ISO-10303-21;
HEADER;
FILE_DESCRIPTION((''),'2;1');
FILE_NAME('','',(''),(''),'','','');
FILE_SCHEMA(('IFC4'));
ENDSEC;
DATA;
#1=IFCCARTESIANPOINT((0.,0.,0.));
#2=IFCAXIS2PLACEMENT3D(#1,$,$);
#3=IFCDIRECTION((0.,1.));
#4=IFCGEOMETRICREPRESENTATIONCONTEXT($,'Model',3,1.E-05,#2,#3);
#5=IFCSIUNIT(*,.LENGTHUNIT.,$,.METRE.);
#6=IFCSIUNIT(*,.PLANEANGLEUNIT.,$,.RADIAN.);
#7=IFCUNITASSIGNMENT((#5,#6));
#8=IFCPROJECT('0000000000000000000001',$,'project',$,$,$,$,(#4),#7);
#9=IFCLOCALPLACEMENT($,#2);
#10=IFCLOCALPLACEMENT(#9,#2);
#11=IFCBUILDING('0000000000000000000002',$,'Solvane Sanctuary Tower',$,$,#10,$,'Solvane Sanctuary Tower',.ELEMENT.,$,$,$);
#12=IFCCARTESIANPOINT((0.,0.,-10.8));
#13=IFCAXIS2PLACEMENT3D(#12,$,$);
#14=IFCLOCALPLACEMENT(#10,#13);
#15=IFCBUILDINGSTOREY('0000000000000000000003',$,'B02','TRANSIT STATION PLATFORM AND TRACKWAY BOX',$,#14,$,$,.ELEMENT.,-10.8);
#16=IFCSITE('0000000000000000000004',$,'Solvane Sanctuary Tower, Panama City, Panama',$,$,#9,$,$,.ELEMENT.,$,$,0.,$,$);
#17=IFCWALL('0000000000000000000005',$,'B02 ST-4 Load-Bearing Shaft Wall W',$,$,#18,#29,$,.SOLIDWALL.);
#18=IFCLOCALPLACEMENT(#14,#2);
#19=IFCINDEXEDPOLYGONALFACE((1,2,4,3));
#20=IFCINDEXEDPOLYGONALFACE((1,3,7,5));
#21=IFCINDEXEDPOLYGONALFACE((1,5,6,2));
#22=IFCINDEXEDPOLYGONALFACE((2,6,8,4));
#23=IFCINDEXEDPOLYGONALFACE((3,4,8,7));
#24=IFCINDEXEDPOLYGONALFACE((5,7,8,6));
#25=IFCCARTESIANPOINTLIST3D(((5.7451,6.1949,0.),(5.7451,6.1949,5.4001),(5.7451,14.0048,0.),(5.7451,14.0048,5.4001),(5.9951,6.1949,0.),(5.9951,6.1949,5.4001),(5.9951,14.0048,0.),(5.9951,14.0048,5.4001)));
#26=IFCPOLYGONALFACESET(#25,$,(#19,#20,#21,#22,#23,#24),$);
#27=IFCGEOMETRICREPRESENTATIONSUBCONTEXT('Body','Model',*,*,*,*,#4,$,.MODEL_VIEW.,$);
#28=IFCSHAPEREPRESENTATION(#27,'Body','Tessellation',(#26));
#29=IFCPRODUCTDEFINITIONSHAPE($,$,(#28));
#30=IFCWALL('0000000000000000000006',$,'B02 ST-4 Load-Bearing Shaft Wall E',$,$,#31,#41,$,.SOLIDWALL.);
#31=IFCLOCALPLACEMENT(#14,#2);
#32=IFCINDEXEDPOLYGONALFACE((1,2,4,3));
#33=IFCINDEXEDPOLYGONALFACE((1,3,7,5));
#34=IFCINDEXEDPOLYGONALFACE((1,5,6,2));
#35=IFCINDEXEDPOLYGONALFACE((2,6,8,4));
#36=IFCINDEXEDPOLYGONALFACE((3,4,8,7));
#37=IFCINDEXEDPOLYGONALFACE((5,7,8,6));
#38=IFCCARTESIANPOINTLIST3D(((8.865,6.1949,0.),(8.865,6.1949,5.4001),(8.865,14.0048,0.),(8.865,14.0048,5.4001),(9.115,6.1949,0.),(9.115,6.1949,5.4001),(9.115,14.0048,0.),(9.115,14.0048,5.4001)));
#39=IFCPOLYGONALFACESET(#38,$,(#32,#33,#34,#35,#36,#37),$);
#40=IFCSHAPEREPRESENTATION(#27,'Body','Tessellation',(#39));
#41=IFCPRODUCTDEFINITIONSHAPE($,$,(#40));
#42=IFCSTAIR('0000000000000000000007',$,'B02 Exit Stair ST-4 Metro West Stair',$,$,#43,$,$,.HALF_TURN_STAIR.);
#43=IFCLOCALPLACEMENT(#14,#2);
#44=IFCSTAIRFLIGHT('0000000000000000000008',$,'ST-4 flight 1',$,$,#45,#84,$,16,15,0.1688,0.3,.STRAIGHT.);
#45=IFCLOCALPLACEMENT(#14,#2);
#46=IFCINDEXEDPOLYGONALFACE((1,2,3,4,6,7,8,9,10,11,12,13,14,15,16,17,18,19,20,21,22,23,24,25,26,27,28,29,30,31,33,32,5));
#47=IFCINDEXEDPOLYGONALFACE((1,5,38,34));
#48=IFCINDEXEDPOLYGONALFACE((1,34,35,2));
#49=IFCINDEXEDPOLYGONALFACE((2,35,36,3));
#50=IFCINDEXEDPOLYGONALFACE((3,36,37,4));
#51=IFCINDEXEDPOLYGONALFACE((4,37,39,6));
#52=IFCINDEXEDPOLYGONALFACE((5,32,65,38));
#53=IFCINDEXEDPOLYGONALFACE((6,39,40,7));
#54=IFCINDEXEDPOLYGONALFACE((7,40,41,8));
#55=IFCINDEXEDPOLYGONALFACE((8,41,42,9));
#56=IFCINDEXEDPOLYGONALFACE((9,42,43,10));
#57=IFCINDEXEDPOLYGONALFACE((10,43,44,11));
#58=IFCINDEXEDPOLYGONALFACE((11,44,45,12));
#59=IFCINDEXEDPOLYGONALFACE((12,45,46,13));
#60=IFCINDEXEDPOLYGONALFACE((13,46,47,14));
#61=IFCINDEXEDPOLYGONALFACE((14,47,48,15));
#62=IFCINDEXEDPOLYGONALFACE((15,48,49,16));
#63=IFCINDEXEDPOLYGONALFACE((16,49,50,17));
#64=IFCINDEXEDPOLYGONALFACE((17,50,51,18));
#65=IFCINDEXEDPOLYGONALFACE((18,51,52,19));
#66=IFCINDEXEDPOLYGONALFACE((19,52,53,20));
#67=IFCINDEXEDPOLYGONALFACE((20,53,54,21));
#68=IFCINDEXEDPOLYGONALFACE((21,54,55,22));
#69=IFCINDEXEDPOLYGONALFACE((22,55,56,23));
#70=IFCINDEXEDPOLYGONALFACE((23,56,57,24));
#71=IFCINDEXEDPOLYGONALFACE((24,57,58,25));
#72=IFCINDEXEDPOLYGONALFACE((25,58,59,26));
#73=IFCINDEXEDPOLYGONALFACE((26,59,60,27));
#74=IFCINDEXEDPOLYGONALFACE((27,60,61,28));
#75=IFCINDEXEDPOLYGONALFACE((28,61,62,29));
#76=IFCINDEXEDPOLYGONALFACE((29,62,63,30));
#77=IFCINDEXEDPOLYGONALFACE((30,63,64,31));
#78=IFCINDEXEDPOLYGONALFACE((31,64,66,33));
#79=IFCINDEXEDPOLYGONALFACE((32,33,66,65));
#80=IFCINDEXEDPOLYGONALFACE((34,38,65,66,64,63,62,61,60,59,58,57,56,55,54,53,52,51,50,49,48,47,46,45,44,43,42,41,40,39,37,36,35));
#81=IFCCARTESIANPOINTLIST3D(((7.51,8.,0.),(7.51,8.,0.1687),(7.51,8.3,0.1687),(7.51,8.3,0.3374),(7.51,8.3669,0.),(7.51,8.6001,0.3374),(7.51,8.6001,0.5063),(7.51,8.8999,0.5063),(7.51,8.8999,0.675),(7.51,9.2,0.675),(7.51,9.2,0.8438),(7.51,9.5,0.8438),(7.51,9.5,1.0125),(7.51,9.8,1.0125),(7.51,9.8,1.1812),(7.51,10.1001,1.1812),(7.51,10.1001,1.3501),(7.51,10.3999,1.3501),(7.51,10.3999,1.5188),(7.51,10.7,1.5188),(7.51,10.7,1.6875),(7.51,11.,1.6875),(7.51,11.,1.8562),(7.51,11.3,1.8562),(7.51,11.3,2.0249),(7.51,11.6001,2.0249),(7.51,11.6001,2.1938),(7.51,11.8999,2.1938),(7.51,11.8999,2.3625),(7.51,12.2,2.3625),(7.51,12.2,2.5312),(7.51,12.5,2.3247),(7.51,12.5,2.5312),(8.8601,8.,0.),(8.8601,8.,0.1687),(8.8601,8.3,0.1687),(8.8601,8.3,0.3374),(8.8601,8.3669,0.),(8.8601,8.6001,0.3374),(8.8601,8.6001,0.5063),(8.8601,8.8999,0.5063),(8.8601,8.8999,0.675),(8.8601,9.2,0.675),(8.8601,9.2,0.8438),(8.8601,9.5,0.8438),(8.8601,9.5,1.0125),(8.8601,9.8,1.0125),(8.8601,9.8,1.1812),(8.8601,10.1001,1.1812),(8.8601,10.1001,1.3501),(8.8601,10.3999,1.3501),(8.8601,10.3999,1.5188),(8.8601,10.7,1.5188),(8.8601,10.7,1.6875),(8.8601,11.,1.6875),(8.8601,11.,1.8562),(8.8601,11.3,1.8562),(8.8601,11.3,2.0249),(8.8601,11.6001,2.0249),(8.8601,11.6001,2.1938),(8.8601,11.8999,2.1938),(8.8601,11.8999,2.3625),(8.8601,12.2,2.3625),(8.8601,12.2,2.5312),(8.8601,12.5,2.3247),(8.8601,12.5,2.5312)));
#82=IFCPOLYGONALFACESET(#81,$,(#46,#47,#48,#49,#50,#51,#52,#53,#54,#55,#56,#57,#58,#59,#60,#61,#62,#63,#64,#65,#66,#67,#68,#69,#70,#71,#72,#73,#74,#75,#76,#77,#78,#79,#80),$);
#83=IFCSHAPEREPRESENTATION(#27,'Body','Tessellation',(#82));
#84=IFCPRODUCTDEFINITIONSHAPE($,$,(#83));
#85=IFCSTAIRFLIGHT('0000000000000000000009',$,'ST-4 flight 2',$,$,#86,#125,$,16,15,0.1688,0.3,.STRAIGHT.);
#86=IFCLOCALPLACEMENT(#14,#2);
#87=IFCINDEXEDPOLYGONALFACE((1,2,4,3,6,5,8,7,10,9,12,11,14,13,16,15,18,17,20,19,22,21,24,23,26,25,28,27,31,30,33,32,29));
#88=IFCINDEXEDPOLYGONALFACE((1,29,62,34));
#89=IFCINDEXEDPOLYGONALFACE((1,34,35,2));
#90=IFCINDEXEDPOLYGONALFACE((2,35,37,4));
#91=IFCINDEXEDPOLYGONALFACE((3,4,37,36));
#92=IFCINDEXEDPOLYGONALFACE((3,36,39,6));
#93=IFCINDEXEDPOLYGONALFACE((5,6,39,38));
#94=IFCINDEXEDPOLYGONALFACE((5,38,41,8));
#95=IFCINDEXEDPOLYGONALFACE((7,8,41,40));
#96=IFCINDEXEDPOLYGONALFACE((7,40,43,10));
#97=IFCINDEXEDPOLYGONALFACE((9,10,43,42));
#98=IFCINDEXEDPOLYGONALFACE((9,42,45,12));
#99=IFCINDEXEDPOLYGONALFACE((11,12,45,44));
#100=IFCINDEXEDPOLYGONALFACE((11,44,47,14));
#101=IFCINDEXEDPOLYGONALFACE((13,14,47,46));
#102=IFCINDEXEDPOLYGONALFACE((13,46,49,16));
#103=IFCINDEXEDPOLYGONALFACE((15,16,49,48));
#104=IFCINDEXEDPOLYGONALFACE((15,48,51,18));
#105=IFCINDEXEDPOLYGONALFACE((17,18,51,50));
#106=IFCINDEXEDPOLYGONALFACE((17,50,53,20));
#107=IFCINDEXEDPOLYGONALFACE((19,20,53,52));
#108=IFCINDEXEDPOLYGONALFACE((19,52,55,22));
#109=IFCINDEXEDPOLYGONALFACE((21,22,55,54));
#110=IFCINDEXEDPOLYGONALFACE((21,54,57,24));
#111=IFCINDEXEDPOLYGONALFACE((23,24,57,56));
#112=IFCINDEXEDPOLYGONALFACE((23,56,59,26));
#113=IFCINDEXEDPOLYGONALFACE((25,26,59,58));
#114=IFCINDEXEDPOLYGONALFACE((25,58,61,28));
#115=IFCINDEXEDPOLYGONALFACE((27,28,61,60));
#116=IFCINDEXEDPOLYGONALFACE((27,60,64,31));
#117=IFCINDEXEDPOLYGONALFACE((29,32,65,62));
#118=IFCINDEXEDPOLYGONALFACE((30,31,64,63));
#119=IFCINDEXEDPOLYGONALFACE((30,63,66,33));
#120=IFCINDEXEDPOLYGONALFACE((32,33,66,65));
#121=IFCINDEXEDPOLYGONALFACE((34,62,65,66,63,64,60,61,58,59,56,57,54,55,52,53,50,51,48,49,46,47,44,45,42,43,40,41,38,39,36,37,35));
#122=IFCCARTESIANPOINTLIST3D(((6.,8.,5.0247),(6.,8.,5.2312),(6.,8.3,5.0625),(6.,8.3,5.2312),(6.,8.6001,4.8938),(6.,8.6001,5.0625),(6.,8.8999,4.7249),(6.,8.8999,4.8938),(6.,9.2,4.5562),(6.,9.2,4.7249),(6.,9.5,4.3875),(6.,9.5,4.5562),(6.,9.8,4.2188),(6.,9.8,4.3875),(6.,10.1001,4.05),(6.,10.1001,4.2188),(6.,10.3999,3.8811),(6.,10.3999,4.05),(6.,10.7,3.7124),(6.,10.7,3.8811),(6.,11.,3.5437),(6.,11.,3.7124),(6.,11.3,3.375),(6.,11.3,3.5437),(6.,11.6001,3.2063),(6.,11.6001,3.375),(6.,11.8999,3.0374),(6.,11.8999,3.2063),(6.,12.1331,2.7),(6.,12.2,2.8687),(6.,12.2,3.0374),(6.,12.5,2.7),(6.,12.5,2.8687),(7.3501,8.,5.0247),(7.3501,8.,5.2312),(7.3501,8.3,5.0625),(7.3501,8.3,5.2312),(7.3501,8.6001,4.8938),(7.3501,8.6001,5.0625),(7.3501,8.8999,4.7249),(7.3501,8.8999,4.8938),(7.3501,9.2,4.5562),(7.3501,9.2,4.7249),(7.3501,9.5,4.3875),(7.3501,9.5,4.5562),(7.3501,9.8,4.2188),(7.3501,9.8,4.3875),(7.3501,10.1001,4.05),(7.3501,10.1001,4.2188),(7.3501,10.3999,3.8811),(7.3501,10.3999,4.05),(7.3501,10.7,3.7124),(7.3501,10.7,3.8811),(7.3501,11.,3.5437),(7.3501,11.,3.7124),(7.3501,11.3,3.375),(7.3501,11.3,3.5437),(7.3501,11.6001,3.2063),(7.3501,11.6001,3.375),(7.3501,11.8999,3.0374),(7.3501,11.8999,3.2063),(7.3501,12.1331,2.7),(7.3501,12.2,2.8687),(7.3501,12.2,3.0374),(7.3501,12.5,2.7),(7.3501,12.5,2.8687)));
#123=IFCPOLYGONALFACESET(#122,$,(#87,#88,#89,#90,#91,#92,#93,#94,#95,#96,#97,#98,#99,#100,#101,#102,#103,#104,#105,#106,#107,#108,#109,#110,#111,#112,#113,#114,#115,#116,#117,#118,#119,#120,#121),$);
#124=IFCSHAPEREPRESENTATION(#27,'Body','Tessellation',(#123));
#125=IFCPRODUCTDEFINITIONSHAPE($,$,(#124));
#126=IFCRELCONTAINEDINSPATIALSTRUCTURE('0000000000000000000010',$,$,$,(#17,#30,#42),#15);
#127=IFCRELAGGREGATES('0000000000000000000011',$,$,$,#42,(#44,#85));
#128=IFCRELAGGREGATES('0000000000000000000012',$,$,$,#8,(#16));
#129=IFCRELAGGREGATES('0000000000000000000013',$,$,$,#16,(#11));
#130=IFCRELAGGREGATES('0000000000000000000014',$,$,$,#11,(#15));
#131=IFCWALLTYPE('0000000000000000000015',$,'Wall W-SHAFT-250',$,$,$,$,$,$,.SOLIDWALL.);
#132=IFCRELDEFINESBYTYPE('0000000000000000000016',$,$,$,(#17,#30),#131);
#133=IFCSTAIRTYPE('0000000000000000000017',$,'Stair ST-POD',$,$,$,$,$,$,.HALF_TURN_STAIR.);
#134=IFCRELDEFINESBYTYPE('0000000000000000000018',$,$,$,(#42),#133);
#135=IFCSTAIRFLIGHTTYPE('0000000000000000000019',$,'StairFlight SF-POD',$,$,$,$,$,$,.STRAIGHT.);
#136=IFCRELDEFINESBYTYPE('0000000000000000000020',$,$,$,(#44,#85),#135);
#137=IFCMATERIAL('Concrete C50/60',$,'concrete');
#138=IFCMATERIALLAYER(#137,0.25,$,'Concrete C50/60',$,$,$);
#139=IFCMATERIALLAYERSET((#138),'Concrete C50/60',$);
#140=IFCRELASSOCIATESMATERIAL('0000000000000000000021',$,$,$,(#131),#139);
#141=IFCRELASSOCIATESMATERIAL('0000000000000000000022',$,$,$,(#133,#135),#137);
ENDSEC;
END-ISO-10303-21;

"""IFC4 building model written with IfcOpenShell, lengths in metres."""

from ifc_helpers import new_model, si_unit, direction, frame, frame_2d, origin, place, context, subcontext, project, spatial, polyline, rectangle, outline, extrude, material, layer, layer_set, type_object, element, aggregate, save


model = new_model("IFC4")

# Units and contexts
model_context = context("Model", 3, precision=1e-05, world=origin(), true_north=direction((0.0, 1.0)))
body_context = subcontext(model_context, "Body", "Model", "MODEL_VIEW")
ifc_project = project(units=[si_unit("LENGTHUNIT", "METRE"), si_unit("PLANEANGLEUNIT", "RADIAN")], contexts=[model_context])

# Site, building, storey
site_placement = place(None, origin())
site = spatial("IfcSite", under=ifc_project, at=site_placement, Name="Solvane Sanctuary Tower, Panama City, Panama", CompositionType="ELEMENT", RefElevation=0.0)
building_placement = place(site_placement, origin())
building = spatial("IfcBuilding", under=site, at=building_placement, Name="Solvane Sanctuary Tower", LongName="Solvane Sanctuary Tower", CompositionType="ELEMENT")
storey_placement = place(building_placement, frame((0.0, 0.0, -10.8)))
storey = spatial("IfcBuildingStorey", under=building, at=storey_placement, Name="B02", Description="TRANSIT STATION PLATFORM AND TRACKWAY BOX", CompositionType="ELEMENT", Elevation=-10.8)

# Shared definitions
ifc_material_1 = material(Name="Concrete C50/60", Category="concrete")

# Walls
ifc_layer_1 = layer(ifc_material_1, 0.25, Name="Concrete C50/60")
ifc_layer_set_1 = layer_set([ifc_layer_1], Name="Concrete C50/60")
wall_type_1 = type_object("IfcWallType", Name="Wall W-SHAFT-250", PredefinedType="SOLIDWALL", material=ifc_layer_set_1)
for number, where, z_axis, x_axis, name in (
    (1, (5.8701, 6.1951, 0.0), (0.0, 0.0, 1.0), (0.0, 1.0, 0.0), "B02 ST-4 Load-Bearing Shaft Wall W"),
    (2, (8.99, 6.1951, 0.0), (0.0, 0.0, 1.0), (0.0, 1.0, 0.0), "B02 ST-4 Load-Bearing Shaft Wall E"),
):
    element("IfcWall", number, at=place(storey_placement, frame(where, z_axis=z_axis, x_axis=x_axis)), inside=storey, type_object=wall_type_1, Name=name, PredefinedType="SOLIDWALL", context=body_context, shape_type="SweptSolid", body=[
        extrude(rectangle(XDim=7.8098, YDim=0.25, at=frame_2d((3.9048, 0.0))), origin(), (0.0, 0.0, 1.0), 5.4001),
    ])

# Stair, stair flights
stair_type = type_object("IfcStairType", Name="Stair ST-POD", PredefinedType="HALF_TURN_STAIR", material=ifc_material_1)
stair_placement = place(storey_placement, origin())
stair = element("IfcStair", 3, at=stair_placement, inside=storey, type_object=stair_type, Name="B02 Exit Stair ST-4 Metro West Stair", PredefinedType="HALF_TURN_STAIR")
stair_flight_type = type_object("IfcStairFlightType", Name="StairFlight SF-POD", PredefinedType="STRAIGHT", material=ifc_material_1)
stair_flight_1_placement = place(storey_placement, frame((8.1851, 8.0, 0.0), z_axis=(0.0, 0.0, 1.0), x_axis=(0.0, 1.0, 0.0)))
stair_flight_1 = element("IfcStairFlight", 4, at=stair_flight_1_placement, type_object=stair_flight_type, Name="ST-4 flight 1", NumberOfRisers=16, NumberOfTreads=15, PredefinedType="STRAIGHT", RiserHeight=0.1688, TreadLength=0.3, context=body_context, shape_type="SweptSolid", body=[
    extrude(outline(polyline([(0.0, 0.0), (0.0, 0.1687), (0.3, 0.1687), (0.3, 0.3374), (0.6001, 0.3374), (0.6001, 0.5063), (0.8999, 0.5063), (0.8999, 0.675), (1.2, 0.675), (1.2, 0.8438), (1.5, 0.8438), (1.5, 1.0125), (1.8, 1.0125), (1.8, 1.1812), (2.1001, 1.1812), (2.1001, 1.3501), (2.3999, 1.3501), (2.3999, 1.5188), (2.7, 1.5188), (2.7, 1.6875), (3.0, 1.6875), (3.0, 1.8562), (3.3, 1.8562), (3.3, 2.0249), (3.6001, 2.0249), (3.6001, 2.1938), (3.8999, 2.1938), (3.8999, 2.3625), (4.2, 2.3625), (4.2, 2.5312), (4.5, 2.5312), (4.5, 2.7), (4.5, 2.3247), (0.3669, 0.0), (0.0, 0.0)])), frame((0.0, 0.675, 0.0), z_axis=(0.0, -1.0, 0.0), x_axis=(1.0, 0.0, 0.0)), (0.0, 0.0, 1.0), 1.3501),
])
stair_flight_2_placement = place(storey_placement, frame((6.675, 12.5, 2.7), z_axis=(0.0, 0.0, 1.0), x_axis=(0.0, -1.0, 0.0)))
stair_flight_2 = element("IfcStairFlight", 5, at=stair_flight_2_placement, type_object=stair_flight_type, Name="ST-4 flight 2", NumberOfRisers=16, NumberOfTreads=15, PredefinedType="STRAIGHT", RiserHeight=0.1688, TreadLength=0.3, context=body_context, shape_type="SweptSolid", body=[
    extrude(outline(polyline([(0.0, 0.0), (0.0, 0.1687), (0.3, 0.1687), (0.3, 0.3374), (0.6001, 0.3374), (0.6001, 0.5063), (0.8999, 0.5063), (0.8999, 0.675), (1.2, 0.675), (1.2, 0.8438), (1.5, 0.8438), (1.5, 1.0125), (1.8, 1.0125), (1.8, 1.1812), (2.1001, 1.1812), (2.1001, 1.3501), (2.3999, 1.3501), (2.3999, 1.5188), (2.7, 1.5188), (2.7, 1.6875), (3.0, 1.6875), (3.0, 1.8562), (3.3, 1.8562), (3.3, 2.0249), (3.6001, 2.0249), (3.6001, 2.1938), (3.8999, 2.1938), (3.8999, 2.3625), (4.2, 2.3625), (4.2, 2.5312), (4.5, 2.5312), (4.5, 2.7), (4.5, 2.3247), (0.3669, 0.0), (0.0, 0.0)])), frame((0.0, 0.675, 0.0), z_axis=(0.0, -1.0, 0.0), x_axis=(1.0, 0.0, 0.0)), (0.0, 0.0, 1.0), 1.3501),
])
aggregate(stair, [stair_flight_1, stair_flight_2])

save(model, "model.ifc")
